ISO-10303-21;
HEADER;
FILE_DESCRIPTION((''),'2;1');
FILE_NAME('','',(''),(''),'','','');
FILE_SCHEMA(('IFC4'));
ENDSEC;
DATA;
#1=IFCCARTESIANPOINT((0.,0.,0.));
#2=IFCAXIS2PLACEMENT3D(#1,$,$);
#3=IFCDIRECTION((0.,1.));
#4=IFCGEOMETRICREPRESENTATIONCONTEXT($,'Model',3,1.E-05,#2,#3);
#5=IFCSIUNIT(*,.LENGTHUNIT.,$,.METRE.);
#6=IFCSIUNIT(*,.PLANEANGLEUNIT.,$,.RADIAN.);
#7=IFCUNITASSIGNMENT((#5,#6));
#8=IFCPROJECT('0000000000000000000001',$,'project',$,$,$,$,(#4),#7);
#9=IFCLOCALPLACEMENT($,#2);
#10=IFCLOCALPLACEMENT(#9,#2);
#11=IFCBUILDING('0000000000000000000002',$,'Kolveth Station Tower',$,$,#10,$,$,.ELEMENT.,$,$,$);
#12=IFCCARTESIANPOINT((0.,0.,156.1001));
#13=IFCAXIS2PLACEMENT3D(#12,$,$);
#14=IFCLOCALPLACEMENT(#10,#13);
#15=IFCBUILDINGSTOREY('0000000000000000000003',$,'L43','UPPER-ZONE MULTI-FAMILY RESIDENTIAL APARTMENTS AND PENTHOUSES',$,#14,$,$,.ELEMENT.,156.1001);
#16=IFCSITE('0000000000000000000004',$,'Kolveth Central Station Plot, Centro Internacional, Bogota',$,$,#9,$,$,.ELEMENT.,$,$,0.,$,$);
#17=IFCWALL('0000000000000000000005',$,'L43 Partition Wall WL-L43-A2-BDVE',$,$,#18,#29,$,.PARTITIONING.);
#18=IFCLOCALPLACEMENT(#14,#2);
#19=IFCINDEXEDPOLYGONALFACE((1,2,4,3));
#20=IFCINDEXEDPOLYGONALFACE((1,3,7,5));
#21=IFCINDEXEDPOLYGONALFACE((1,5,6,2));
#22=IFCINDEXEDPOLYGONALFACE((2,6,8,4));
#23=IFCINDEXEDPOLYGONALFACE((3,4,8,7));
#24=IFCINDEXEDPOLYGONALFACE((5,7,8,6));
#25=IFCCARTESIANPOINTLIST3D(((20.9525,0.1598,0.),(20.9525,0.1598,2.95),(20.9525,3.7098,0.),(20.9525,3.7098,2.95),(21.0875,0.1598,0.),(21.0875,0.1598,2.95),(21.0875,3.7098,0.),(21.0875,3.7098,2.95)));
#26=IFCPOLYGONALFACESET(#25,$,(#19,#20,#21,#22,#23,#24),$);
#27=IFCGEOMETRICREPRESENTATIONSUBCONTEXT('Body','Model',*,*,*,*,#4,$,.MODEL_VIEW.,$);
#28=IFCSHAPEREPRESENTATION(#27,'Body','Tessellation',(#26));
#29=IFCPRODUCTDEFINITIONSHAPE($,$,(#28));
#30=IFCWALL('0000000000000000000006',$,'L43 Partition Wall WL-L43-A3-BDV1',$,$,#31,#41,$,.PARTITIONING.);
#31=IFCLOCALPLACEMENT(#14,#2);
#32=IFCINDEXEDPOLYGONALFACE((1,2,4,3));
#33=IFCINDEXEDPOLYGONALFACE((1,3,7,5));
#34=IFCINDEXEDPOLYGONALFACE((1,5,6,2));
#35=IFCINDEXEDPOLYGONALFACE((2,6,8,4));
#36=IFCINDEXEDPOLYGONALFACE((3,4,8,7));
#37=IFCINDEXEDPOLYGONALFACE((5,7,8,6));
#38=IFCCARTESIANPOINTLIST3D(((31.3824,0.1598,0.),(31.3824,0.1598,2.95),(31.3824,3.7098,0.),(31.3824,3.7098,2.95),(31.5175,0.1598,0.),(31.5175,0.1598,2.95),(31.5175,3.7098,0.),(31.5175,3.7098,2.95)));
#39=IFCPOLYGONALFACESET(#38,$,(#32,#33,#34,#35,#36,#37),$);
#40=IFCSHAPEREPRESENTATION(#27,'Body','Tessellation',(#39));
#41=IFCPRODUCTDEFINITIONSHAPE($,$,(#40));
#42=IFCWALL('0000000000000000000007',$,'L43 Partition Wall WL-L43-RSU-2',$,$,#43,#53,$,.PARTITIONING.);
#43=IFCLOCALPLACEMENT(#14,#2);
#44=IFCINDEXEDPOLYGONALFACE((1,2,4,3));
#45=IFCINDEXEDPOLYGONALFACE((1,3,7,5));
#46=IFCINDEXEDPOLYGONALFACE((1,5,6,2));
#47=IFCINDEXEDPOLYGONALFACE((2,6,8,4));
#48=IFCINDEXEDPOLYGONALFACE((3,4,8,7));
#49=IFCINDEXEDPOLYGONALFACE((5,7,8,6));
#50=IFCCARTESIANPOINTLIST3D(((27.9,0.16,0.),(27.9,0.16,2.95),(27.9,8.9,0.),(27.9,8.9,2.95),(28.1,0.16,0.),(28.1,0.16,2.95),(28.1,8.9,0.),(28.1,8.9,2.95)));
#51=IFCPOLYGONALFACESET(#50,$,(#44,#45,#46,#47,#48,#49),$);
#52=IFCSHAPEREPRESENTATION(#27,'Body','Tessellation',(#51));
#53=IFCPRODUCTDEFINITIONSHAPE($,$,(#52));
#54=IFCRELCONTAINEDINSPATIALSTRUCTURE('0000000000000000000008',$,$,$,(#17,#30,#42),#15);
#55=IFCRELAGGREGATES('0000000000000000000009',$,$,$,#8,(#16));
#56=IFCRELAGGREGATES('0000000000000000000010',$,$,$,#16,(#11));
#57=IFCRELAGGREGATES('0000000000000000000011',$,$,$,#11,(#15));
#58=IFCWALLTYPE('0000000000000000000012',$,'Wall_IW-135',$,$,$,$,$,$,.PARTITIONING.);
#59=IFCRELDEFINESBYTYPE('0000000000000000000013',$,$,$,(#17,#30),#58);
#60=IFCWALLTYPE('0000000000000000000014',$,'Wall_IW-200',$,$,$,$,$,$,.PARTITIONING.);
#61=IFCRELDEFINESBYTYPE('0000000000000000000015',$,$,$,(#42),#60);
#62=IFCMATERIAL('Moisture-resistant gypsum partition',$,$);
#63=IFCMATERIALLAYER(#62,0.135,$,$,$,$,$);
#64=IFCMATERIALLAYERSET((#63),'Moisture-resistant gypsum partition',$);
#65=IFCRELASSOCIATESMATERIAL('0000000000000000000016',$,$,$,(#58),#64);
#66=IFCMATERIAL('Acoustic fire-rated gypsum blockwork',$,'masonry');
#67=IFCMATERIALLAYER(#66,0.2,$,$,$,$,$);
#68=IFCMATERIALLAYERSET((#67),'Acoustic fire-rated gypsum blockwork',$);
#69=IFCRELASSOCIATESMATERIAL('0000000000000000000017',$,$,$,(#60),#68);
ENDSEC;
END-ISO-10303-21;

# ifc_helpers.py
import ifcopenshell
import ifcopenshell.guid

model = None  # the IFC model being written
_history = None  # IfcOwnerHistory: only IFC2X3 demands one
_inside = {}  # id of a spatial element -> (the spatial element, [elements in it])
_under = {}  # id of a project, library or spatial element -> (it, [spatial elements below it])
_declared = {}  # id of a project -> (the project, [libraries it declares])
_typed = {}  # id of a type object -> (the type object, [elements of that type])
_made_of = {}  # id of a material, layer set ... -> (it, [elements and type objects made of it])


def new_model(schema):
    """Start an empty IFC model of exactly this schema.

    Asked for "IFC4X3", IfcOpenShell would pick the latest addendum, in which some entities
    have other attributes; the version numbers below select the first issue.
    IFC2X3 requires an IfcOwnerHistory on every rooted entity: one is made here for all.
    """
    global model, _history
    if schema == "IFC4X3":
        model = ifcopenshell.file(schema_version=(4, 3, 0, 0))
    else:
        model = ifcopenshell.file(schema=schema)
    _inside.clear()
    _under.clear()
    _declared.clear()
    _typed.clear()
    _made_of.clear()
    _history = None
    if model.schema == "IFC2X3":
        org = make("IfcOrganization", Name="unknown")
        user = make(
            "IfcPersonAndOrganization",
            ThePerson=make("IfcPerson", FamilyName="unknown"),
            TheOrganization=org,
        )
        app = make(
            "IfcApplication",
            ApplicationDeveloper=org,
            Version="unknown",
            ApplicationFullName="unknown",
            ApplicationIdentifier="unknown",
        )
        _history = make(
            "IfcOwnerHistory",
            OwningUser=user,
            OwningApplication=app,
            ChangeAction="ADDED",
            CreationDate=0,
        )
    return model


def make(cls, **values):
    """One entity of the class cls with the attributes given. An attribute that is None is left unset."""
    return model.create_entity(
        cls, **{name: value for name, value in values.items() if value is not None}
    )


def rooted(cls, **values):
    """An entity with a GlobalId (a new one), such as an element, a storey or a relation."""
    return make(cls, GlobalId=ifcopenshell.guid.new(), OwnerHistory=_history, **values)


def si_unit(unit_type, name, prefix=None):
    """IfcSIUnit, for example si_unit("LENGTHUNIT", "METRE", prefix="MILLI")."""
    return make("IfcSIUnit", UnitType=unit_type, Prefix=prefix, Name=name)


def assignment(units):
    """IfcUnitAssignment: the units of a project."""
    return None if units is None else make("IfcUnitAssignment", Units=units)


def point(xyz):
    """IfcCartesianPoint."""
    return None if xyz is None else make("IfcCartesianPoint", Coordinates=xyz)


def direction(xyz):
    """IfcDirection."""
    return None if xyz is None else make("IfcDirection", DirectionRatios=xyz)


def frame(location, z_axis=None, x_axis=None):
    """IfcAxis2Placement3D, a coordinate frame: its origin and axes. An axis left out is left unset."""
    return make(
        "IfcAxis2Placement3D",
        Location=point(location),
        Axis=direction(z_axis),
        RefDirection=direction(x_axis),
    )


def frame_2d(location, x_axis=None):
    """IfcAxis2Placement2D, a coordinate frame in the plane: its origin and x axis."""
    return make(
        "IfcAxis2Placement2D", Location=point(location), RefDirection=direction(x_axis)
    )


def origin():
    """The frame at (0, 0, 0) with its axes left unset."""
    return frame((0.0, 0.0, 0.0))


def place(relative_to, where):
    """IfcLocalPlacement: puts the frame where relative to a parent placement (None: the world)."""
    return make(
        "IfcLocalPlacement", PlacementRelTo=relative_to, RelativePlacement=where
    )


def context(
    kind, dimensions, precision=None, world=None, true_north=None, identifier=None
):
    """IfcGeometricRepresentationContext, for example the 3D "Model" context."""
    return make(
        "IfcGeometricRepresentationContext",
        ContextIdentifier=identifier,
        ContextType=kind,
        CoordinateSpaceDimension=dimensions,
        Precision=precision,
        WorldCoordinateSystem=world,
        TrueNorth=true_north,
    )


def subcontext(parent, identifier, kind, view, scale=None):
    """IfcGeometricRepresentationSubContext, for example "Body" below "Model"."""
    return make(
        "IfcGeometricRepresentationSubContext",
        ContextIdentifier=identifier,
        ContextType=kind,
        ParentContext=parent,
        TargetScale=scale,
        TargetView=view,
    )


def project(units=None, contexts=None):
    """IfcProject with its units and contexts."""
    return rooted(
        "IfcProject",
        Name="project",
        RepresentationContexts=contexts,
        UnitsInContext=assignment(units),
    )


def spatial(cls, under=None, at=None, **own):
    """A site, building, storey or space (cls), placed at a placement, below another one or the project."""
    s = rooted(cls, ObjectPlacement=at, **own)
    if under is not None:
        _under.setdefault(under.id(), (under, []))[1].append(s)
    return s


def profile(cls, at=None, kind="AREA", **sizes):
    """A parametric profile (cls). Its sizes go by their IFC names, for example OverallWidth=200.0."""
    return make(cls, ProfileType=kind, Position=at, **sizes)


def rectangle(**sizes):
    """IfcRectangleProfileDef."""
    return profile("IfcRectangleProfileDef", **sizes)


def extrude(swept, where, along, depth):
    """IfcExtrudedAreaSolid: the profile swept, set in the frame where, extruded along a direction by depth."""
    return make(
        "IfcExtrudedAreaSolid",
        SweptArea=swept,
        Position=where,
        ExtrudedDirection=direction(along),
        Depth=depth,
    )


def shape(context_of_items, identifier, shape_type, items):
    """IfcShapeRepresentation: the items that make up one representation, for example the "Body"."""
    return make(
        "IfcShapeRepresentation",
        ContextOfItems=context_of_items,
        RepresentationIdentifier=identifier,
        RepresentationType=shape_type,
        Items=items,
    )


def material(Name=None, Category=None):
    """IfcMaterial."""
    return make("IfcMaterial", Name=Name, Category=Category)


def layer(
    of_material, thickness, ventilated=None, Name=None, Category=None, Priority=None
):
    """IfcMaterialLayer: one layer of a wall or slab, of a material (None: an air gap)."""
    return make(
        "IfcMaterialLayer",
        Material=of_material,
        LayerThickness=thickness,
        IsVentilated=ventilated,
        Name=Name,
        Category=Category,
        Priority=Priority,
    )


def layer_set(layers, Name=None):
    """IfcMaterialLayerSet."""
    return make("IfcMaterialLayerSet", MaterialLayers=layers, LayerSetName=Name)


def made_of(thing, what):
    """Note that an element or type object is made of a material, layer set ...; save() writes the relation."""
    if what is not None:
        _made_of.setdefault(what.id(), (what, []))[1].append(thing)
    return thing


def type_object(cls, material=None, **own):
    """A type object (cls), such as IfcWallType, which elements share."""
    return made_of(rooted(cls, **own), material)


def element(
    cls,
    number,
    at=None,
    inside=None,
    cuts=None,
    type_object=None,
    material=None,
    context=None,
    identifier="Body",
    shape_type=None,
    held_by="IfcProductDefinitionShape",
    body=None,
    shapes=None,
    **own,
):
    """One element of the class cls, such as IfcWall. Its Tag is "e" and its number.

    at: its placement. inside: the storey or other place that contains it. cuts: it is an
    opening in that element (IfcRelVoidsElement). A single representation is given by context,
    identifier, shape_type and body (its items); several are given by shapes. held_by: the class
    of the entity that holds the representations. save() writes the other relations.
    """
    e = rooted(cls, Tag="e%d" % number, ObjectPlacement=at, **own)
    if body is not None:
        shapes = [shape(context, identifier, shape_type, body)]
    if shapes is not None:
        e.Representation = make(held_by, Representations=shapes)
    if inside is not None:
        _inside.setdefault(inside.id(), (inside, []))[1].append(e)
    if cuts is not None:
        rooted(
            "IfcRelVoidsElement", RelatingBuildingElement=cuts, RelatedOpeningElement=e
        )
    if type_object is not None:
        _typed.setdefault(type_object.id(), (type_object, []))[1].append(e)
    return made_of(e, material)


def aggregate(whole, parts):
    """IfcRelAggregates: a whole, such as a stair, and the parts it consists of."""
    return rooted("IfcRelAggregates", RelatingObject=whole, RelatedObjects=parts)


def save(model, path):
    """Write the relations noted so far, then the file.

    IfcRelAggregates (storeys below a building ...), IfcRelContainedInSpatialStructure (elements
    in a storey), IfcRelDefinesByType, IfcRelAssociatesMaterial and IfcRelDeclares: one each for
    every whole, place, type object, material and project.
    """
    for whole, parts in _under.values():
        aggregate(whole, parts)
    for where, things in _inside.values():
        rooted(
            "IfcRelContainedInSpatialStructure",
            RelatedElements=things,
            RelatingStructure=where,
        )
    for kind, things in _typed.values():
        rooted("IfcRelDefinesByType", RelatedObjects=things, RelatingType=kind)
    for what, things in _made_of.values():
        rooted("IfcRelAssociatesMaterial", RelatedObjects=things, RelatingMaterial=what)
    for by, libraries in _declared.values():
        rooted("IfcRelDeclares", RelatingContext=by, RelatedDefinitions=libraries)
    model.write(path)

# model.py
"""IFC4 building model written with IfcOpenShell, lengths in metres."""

from ifc_helpers import new_model, si_unit, direction, frame, frame_2d, origin, place, context, subcontext, project, spatial, rectangle, extrude, material, layer, layer_set, type_object, element, save


model = new_model("IFC4")

# Units and contexts
model_context = context("Model", 3, precision=1e-05, world=origin(), true_north=direction((0.0, 1.0)))
body_context = subcontext(model_context, "Body", "Model", "MODEL_VIEW")
ifc_project = project(units=[si_unit("LENGTHUNIT", "METRE"), si_unit("PLANEANGLEUNIT", "RADIAN")], contexts=[model_context])

# Site, building, storey
site_placement = place(None, origin())
site = spatial("IfcSite", under=ifc_project, at=site_placement, Name="Kolveth Central Station Plot, Centro Internacional, Bogota", CompositionType="ELEMENT", RefElevation=0.0)
building_placement = place(site_placement, origin())
building = spatial("IfcBuilding", under=site, at=building_placement, Name="Kolveth Station Tower", CompositionType="ELEMENT")
storey_placement = place(building_placement, frame((0.0, 0.0, 156.1001)))
storey = spatial("IfcBuildingStorey", under=building, at=storey_placement, Name="L43", Description="UPPER-ZONE MULTI-FAMILY RESIDENTIAL APARTMENTS AND PENTHOUSES", CompositionType="ELEMENT", Elevation=156.1001)

# Shared definitions
ifc_material_1 = material(Name="Moisture-resistant gypsum partition")
ifc_layer_1 = layer(ifc_material_1, 0.135)
ifc_layer_set_1 = layer_set([ifc_layer_1], Name="Moisture-resistant gypsum partition")
wall_type_1 = type_object("IfcWallType", Name="Wall_IW-135", PredefinedType="PARTITIONING", material=ifc_layer_set_1)

# Wall
wall_1_placement = place(storey_placement, frame((21.02, 0.1599, 0.0), z_axis=(0.0, 0.0, 1.0), x_axis=(0.0, 1.0, 0.0)))
element("IfcWall", 1, at=wall_1_placement, inside=storey, type_object=wall_type_1, Name="L43 Partition Wall WL-L43-A2-BDVE", PredefinedType="PARTITIONING", context=body_context, shape_type="SweptSolid", body=[
    extrude(rectangle(XDim=3.55, YDim=0.135, at=frame_2d((1.7749, 0.0))), origin(), (0.0, 0.0, 1.0), 2.95),
])

# Walls
wall_2_placement = place(storey_placement, frame((31.45, 0.1599, 0.0), z_axis=(0.0, 0.0, 1.0), x_axis=(0.0, 1.0, 0.0)))
element("IfcWall", 2, at=wall_2_placement, inside=storey, type_object=wall_type_1, Name="L43 Partition Wall WL-L43-A3-BDV1", PredefinedType="PARTITIONING", context=body_context, shape_type="SweptSolid", body=[
    extrude(rectangle(XDim=3.55, YDim=0.135, at=frame_2d((1.7749, 0.0))), origin(), (0.0, 0.0, 1.0), 2.95),
])
ifc_material_2 = material(Name="Acoustic fire-rated gypsum blockwork", Category="masonry")
ifc_layer_2 = layer(ifc_material_2, 0.2)
ifc_layer_set_2 = layer_set([ifc_layer_2], Name="Acoustic fire-rated gypsum blockwork")
wall_type_2 = type_object("IfcWallType", Name="Wall_IW-200", PredefinedType="PARTITIONING", material=ifc_layer_set_2)
wall_3_placement = place(storey_placement, frame((28.0, 0.1599, 0.0), z_axis=(0.0, 0.0, 1.0), x_axis=(0.0, 1.0, 0.0)))
element("IfcWall", 3, at=wall_3_placement, inside=storey, type_object=wall_type_2, Name="L43 Partition Wall WL-L43-RSU-2", PredefinedType="PARTITIONING", context=body_context, shape_type="SweptSolid", body=[
    extrude(rectangle(XDim=8.74, YDim=0.2, at=frame_2d((4.3701, 0.0))), origin(), (0.0, 0.0, 1.0), 2.95),
])

save(model, "model.ifc")
